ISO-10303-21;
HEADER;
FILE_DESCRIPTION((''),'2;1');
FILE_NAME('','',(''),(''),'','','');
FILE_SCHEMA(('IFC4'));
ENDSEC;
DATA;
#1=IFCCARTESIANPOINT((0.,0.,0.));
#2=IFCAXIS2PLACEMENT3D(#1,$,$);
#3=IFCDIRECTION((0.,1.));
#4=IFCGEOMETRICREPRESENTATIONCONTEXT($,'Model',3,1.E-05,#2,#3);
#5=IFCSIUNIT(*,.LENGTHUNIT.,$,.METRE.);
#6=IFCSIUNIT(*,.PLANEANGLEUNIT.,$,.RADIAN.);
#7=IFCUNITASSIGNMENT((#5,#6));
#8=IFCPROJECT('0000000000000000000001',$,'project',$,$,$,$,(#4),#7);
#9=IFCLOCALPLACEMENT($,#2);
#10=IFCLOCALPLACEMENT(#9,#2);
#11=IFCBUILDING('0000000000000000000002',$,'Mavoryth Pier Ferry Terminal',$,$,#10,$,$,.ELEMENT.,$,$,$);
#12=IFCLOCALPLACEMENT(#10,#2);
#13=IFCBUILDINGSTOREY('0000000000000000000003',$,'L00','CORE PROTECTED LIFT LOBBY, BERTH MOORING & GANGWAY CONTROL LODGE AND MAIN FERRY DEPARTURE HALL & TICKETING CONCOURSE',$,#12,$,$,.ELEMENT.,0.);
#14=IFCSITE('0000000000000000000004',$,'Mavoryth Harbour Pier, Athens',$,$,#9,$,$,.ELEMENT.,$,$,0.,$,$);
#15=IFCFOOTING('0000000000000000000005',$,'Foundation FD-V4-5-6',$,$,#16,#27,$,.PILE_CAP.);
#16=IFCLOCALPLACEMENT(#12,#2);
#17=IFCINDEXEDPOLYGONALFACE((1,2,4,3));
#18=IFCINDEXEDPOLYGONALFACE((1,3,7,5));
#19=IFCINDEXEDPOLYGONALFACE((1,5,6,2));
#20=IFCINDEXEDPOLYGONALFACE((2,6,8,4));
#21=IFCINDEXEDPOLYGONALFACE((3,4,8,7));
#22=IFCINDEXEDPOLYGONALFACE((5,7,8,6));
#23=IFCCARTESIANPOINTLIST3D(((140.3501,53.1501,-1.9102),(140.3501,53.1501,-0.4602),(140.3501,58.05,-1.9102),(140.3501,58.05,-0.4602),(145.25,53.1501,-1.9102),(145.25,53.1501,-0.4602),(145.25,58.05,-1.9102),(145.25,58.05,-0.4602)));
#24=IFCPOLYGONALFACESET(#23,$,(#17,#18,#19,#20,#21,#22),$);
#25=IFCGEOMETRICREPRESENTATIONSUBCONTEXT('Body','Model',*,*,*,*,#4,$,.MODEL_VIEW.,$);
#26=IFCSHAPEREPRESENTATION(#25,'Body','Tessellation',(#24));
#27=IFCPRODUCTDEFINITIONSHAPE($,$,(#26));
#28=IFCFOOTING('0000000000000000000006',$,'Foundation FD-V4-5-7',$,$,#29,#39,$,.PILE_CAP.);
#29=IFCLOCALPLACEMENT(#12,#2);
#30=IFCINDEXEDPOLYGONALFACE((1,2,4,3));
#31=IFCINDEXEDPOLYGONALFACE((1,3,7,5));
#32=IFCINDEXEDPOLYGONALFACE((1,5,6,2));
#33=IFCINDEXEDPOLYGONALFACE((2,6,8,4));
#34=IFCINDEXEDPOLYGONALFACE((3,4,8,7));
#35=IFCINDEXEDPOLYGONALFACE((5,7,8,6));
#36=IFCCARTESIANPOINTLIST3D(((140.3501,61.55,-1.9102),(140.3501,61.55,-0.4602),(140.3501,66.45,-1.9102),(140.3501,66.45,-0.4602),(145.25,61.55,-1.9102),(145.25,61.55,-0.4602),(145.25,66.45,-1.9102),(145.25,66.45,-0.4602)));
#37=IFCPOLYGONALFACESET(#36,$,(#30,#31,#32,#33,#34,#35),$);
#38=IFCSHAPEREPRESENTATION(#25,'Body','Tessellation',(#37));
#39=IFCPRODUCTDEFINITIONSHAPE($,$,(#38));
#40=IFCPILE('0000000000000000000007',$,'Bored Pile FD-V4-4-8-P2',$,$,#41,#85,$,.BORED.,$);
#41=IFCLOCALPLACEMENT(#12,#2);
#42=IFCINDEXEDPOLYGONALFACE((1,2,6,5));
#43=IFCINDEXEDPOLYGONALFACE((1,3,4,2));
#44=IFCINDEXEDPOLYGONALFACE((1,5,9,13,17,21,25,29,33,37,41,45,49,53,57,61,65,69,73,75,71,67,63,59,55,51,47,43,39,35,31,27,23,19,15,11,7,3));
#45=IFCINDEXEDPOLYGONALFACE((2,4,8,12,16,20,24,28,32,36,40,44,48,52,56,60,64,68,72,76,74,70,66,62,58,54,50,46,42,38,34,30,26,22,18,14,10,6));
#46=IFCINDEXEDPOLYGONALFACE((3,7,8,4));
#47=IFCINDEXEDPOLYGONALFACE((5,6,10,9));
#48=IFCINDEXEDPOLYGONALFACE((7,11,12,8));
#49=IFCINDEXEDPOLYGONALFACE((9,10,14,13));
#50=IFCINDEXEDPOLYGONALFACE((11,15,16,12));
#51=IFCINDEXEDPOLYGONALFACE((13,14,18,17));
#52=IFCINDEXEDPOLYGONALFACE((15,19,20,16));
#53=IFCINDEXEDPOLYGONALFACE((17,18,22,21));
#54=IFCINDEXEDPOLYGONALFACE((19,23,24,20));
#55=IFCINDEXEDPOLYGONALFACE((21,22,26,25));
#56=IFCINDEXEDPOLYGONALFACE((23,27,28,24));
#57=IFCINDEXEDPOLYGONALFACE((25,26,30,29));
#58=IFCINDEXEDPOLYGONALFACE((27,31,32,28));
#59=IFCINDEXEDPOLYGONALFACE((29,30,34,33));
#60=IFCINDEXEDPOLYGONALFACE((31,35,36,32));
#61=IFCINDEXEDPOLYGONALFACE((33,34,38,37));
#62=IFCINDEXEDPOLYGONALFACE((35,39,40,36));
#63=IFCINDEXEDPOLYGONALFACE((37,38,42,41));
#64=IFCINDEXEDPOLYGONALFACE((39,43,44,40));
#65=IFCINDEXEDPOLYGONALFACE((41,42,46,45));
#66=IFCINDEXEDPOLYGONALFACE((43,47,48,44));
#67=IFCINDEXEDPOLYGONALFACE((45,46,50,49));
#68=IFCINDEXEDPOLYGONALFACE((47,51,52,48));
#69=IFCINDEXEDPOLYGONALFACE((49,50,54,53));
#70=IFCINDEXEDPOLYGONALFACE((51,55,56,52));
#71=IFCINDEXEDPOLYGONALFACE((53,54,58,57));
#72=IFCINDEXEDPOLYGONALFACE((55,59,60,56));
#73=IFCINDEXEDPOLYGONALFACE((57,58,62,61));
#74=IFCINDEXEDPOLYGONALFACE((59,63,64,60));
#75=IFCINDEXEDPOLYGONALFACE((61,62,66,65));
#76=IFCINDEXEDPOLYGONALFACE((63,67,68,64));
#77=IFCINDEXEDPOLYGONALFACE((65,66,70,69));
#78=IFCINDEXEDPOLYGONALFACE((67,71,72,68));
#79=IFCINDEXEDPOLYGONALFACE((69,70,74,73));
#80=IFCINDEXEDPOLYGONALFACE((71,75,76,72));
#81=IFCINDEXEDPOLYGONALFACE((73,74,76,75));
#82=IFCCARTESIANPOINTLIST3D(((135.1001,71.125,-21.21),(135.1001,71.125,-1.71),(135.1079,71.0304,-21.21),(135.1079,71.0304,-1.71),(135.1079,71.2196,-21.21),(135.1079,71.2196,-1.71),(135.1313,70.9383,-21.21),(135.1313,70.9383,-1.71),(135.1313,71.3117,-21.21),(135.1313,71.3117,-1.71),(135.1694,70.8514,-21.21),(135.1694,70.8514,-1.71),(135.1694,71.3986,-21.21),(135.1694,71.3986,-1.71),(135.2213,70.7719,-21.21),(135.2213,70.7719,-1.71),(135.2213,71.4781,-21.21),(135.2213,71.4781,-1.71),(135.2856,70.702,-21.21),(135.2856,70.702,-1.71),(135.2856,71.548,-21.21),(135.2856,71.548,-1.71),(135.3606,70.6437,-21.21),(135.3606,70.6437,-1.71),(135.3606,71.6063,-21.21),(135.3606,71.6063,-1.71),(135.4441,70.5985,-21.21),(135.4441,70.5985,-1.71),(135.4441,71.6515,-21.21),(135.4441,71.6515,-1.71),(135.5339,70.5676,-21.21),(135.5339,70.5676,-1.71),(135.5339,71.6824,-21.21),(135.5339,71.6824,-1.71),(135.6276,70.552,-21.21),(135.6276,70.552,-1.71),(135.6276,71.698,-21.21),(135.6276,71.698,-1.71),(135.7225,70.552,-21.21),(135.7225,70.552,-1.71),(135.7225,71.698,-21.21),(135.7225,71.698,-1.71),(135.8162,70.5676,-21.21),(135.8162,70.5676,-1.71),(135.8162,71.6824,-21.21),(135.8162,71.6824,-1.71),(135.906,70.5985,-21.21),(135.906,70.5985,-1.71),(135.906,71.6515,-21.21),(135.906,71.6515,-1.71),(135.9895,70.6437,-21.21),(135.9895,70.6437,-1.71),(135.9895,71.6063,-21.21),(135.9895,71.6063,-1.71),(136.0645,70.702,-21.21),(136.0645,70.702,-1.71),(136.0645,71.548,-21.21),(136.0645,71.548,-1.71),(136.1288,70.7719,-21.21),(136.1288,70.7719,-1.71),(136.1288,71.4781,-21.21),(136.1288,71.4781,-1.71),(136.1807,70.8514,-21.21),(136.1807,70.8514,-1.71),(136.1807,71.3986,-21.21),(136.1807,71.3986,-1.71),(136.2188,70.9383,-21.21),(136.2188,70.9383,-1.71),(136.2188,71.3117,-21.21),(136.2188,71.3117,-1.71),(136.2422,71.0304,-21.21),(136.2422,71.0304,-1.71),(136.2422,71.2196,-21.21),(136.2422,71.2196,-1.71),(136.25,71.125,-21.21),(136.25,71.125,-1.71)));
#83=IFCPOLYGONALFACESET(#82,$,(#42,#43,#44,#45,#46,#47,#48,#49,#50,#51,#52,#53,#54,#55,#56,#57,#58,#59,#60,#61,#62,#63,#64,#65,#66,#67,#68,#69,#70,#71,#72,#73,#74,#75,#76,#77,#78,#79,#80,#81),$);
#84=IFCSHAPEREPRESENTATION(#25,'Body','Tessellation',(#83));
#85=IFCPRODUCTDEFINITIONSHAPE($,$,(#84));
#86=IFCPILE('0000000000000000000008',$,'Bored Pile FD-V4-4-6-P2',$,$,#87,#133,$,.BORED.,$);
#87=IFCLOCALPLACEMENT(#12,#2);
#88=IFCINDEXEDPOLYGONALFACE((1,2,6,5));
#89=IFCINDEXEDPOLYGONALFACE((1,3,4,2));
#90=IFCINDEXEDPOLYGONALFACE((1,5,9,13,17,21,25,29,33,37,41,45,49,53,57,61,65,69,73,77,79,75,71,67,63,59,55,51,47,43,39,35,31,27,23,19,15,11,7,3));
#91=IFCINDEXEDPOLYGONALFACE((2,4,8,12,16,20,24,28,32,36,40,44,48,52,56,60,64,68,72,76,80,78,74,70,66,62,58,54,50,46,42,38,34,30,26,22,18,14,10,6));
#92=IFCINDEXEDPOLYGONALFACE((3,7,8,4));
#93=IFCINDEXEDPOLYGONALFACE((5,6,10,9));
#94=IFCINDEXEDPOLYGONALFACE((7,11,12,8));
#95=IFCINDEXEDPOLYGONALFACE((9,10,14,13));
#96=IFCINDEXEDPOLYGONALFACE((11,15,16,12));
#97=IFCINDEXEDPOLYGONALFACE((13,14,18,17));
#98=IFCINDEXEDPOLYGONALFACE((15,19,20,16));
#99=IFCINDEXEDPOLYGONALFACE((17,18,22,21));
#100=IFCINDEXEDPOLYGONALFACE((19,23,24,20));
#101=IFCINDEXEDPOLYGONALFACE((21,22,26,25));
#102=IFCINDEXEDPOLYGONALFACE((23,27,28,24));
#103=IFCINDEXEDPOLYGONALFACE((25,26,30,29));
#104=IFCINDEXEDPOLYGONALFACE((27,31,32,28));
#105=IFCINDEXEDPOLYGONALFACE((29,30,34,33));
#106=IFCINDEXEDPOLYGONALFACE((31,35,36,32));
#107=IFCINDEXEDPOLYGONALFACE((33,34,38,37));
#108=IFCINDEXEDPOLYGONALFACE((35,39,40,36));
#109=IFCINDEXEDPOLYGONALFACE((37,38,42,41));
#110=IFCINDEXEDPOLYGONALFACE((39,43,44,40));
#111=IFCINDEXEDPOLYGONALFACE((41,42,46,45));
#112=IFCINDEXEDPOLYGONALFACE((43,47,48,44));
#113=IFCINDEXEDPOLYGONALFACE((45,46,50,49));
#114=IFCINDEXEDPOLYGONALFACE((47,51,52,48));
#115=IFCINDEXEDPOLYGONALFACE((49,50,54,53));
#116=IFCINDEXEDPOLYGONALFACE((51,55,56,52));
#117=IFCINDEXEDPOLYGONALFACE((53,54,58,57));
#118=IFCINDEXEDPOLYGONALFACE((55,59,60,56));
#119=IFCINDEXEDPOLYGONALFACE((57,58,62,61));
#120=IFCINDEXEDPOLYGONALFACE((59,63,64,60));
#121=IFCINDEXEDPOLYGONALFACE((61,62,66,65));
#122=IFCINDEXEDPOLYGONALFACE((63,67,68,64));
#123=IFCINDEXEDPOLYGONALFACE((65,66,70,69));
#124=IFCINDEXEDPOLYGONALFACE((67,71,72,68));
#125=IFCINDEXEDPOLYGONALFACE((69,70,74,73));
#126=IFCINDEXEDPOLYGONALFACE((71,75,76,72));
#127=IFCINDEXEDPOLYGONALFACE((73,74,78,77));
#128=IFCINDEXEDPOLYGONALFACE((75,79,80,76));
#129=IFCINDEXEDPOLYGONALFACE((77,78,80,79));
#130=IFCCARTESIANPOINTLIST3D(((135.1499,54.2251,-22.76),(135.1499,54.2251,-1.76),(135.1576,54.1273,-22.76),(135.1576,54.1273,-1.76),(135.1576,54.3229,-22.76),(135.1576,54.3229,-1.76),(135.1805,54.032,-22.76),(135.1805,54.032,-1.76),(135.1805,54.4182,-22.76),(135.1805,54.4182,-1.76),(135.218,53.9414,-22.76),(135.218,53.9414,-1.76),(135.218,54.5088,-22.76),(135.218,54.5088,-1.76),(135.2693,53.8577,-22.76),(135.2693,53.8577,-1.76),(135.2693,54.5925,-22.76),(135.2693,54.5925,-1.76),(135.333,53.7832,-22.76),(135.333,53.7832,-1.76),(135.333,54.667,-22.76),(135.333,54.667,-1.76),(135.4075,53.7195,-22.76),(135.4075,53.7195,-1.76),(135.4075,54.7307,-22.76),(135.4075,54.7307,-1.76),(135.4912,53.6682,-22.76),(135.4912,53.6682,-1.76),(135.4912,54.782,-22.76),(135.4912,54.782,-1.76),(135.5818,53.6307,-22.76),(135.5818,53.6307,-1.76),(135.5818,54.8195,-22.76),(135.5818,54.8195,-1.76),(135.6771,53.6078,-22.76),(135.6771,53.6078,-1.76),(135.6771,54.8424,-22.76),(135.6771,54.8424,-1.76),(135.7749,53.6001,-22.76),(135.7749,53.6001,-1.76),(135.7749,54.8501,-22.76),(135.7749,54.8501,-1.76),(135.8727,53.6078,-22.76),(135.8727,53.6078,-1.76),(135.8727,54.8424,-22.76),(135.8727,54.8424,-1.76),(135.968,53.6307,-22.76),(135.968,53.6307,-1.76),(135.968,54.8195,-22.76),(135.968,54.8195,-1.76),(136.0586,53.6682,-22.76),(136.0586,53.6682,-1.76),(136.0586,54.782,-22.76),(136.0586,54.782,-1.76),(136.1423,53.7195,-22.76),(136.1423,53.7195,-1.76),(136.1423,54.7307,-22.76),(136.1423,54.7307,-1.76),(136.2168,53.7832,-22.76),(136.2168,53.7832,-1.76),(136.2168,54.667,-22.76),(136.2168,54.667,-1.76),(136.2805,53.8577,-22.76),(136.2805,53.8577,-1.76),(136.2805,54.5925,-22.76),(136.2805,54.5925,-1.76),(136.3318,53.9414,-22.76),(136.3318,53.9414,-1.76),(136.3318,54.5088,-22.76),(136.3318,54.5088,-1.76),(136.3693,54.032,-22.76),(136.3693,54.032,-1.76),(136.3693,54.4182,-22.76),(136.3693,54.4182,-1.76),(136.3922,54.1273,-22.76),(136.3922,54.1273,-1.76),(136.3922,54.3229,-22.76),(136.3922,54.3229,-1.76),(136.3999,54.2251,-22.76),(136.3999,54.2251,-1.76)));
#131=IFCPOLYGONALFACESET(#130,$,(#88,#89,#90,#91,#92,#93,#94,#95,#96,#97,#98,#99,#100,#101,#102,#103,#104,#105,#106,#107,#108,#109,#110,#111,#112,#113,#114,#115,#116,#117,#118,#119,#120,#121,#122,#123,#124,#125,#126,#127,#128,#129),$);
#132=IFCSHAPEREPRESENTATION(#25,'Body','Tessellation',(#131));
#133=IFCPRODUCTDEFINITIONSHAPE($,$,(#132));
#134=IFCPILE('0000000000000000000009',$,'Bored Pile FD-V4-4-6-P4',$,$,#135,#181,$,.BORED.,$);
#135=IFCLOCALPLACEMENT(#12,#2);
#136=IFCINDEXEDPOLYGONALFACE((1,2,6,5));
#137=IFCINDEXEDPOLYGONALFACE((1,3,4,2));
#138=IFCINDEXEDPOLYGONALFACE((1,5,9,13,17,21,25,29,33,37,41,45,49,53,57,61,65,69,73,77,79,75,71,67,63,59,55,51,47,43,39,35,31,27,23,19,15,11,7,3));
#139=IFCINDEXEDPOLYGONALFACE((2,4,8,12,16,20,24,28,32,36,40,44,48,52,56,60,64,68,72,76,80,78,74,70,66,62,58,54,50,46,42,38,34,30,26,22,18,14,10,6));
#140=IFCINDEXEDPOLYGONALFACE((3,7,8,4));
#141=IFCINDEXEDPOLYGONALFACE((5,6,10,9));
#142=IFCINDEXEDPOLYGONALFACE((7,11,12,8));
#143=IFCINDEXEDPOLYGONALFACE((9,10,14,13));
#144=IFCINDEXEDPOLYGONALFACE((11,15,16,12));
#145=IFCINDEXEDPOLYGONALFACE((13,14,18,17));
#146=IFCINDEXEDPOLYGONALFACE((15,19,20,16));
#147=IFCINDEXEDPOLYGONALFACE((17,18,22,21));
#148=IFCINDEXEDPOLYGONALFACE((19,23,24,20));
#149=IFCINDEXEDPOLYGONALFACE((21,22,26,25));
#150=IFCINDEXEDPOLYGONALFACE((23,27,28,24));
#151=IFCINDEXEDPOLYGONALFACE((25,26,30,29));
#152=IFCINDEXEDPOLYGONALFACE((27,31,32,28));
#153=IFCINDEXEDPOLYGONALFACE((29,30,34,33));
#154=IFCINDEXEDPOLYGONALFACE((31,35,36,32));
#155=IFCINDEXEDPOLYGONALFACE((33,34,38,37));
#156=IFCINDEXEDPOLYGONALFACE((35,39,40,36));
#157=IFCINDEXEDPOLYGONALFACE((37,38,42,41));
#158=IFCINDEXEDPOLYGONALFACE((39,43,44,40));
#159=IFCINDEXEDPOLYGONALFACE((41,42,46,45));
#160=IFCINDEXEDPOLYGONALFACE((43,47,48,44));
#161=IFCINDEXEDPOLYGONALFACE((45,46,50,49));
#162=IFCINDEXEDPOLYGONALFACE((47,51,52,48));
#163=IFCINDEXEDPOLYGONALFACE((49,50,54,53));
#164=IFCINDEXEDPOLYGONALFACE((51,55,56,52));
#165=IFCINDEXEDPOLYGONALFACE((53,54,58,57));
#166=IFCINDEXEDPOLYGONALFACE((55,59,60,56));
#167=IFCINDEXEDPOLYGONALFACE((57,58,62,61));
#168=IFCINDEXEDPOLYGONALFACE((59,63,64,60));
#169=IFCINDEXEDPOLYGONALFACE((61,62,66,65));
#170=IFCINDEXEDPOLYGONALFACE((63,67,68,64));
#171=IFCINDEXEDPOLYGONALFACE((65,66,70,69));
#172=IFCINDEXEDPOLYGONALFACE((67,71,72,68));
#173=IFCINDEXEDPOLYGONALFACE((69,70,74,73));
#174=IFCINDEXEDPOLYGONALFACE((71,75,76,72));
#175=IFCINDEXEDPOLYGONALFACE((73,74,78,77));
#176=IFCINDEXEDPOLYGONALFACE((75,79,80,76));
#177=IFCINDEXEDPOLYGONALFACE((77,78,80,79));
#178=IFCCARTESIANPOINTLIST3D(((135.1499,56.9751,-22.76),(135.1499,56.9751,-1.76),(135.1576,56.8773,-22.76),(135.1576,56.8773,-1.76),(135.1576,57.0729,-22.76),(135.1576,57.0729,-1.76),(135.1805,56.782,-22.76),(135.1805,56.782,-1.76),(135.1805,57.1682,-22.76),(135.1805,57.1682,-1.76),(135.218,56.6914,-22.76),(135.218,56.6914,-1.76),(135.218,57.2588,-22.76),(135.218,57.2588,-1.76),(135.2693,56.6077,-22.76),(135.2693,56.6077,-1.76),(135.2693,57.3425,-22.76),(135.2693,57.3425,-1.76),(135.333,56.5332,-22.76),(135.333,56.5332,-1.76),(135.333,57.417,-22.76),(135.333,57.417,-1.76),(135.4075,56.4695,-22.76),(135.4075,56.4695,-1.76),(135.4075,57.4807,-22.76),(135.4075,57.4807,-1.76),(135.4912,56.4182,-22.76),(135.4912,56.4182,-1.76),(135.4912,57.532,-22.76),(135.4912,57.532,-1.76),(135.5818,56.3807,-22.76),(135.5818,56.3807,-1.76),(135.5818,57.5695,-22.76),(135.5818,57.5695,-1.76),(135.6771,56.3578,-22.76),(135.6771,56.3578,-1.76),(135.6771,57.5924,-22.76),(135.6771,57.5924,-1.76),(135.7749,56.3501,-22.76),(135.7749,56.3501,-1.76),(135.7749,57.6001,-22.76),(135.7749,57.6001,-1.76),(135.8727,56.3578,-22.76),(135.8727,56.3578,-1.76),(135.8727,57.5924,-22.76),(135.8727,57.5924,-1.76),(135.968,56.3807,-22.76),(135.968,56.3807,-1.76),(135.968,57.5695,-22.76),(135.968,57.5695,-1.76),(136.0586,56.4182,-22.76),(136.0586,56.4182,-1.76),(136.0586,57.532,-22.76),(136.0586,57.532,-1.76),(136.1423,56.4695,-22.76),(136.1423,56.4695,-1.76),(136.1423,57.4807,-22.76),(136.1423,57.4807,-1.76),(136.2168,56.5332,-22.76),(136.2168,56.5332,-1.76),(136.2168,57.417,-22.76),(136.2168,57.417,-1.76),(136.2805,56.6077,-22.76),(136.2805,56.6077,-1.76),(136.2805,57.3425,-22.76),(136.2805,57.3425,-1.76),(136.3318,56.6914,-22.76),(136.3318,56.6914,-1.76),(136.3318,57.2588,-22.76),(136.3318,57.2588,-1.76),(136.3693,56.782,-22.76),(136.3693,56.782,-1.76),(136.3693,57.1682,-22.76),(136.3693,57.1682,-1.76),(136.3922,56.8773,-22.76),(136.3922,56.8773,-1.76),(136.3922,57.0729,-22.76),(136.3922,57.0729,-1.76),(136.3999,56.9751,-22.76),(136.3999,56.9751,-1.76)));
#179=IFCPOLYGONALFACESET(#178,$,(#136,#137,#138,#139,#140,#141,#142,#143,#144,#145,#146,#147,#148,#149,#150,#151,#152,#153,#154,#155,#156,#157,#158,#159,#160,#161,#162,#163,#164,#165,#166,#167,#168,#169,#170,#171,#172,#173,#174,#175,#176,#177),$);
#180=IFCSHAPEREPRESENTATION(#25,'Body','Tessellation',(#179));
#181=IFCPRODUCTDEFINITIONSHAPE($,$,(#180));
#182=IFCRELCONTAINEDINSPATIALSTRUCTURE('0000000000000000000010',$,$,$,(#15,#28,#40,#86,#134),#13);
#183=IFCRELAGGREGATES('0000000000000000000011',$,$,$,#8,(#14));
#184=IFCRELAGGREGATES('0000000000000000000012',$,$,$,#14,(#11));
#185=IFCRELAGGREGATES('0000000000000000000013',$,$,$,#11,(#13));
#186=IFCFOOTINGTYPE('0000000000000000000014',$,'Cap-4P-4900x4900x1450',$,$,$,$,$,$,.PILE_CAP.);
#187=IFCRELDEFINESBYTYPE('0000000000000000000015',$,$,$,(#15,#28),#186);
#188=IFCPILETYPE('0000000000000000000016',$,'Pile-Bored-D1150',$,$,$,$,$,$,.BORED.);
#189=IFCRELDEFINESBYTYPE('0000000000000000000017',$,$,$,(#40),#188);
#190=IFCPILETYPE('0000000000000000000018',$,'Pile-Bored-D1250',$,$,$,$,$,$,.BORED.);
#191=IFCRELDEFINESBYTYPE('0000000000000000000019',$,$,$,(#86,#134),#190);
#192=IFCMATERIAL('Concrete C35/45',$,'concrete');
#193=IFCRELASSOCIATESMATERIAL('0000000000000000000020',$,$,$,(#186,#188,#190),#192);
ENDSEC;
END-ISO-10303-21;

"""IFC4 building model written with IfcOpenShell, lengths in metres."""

from ifc_helpers import new_model, si_unit, direction, frame, origin, origin_2d, place, context, subcontext, project, spatial, rectangle, circle, extrude, material, material_profile, profile_set, type_object, element, save


model = new_model("IFC4")

# Units and contexts
model_context = context("Model", 3, precision=1e-05, world=origin(), true_north=direction((0.0, 1.0)))
body_context = subcontext(model_context, "Body", "Model", "MODEL_VIEW")
ifc_project = project(units=[si_unit("LENGTHUNIT", "METRE"), si_unit("PLANEANGLEUNIT", "RADIAN")], contexts=[model_context])

# Site, building, storey
site_placement = place(None, origin())
site = spatial("IfcSite", under=ifc_project, at=site_placement, Name="Mavoryth Harbour Pier, Athens", CompositionType="ELEMENT", RefElevation=0.0)
building_placement = place(site_placement, origin())
building = spatial("IfcBuilding", under=site, at=building_placement, Name="Mavoryth Pier Ferry Terminal", CompositionType="ELEMENT")
storey_placement = place(building_placement, origin())
storey = spatial("IfcBuildingStorey", under=building, at=storey_placement, Name="L00", Description="CORE PROTECTED LIFT LOBBY, BERTH MOORING & GANGWAY CONTROL LODGE AND MAIN FERRY DEPARTURE HALL & TICKETING CONCOURSE", CompositionType="ELEMENT", Elevation=0.0)

# Footings
ifc_material_1 = material(Name="Concrete C35/45", Category="concrete")
footing_type_1 = type_object("IfcFootingType", Name="Cap-4P-4900x4900x1450", PredefinedType="PILE_CAP", material=ifc_material_1)
for number, where, z_axis, x_axis, name in (
    (1, (142.8, 55.6001, -1.9102), (0.0, 0.0, 1.0), (1.0, 0.0, 0.0), "Foundation FD-V4-5-6"),
    (2, (142.8, 64.0, -1.9102), (0.0, 0.0, 1.0), (1.0, 0.0, 0.0), "Foundation FD-V4-5-7"),
):
    element("IfcFooting", number, at=place(storey_placement, frame(where, z_axis=z_axis, x_axis=x_axis)), inside=storey, type_object=footing_type_1, Name=name, PredefinedType="PILE_CAP", context=body_context, shape_type="SweptSolid", body=[
        extrude(rectangle(XDim=4.8999, YDim=4.8999, at=origin_2d()), origin(), (0.0, 0.0, 1.0), 1.45),
    ])

# Piles
ifc_material_profile_1 = material_profile(ifc_material_1, circle(Radius=0.575, at=origin_2d()), Name="PILE D1150", Category="concrete")
ifc_profile_set_1 = profile_set([ifc_material_profile_1], Name="Concrete C35/45 - PILE D1150")
pile_type_1 = type_object("IfcPileType", Name="Pile-Bored-D1150", PredefinedType="BORED", material=ifc_profile_set_1)
pile_placement = place(storey_placement, frame((135.675, 71.125, -1.71), z_axis=(0.0, 0.0, -1.0), x_axis=(1.0, 0.0, 0.0)))
element("IfcPile", 3, at=pile_placement, inside=storey, type_object=pile_type_1, Name="Bored Pile FD-V4-4-8-P2", PredefinedType="BORED", context=body_context, shape_type="SweptSolid", body=[
    extrude(circle(Radius=0.575, at=origin_2d()), origin(), (0.0, 0.0, 1.0), 19.5),
])
ifc_material_profile_2 = material_profile(ifc_material_1, circle(Radius=0.625, at=origin_2d()), Name="PILE D1250", Category="concrete")
ifc_profile_set_2 = profile_set([ifc_material_profile_2], Name="Concrete C35/45 - PILE D1250")
pile_type_2 = type_object("IfcPileType", Name="Pile-Bored-D1250", PredefinedType="BORED", material=ifc_profile_set_2)
for number, where, z_axis, x_axis, name in (
    (4, (135.7749, 54.2251, -1.76), (0.0, 0.0, -1.0), (1.0, 0.0, 0.0), "Bored Pile FD-V4-4-6-P2"),
    (5, (135.7749, 56.9751, -1.76), (0.0, 0.0, -1.0), (1.0, 0.0, 0.0), "Bored Pile FD-V4-4-6-P4"),
):
    element("IfcPile", number, at=place(storey_placement, frame(where, z_axis=z_axis, x_axis=x_axis)), inside=storey, type_object=pile_type_2, Name=name, PredefinedType="BORED", context=body_context, shape_type="SweptSolid", body=[
        extrude(circle(Radius=0.625, at=origin_2d()), origin(), (0.0, 0.0, 1.0), 21.0),
    ])

save(model, "model.ifc")
